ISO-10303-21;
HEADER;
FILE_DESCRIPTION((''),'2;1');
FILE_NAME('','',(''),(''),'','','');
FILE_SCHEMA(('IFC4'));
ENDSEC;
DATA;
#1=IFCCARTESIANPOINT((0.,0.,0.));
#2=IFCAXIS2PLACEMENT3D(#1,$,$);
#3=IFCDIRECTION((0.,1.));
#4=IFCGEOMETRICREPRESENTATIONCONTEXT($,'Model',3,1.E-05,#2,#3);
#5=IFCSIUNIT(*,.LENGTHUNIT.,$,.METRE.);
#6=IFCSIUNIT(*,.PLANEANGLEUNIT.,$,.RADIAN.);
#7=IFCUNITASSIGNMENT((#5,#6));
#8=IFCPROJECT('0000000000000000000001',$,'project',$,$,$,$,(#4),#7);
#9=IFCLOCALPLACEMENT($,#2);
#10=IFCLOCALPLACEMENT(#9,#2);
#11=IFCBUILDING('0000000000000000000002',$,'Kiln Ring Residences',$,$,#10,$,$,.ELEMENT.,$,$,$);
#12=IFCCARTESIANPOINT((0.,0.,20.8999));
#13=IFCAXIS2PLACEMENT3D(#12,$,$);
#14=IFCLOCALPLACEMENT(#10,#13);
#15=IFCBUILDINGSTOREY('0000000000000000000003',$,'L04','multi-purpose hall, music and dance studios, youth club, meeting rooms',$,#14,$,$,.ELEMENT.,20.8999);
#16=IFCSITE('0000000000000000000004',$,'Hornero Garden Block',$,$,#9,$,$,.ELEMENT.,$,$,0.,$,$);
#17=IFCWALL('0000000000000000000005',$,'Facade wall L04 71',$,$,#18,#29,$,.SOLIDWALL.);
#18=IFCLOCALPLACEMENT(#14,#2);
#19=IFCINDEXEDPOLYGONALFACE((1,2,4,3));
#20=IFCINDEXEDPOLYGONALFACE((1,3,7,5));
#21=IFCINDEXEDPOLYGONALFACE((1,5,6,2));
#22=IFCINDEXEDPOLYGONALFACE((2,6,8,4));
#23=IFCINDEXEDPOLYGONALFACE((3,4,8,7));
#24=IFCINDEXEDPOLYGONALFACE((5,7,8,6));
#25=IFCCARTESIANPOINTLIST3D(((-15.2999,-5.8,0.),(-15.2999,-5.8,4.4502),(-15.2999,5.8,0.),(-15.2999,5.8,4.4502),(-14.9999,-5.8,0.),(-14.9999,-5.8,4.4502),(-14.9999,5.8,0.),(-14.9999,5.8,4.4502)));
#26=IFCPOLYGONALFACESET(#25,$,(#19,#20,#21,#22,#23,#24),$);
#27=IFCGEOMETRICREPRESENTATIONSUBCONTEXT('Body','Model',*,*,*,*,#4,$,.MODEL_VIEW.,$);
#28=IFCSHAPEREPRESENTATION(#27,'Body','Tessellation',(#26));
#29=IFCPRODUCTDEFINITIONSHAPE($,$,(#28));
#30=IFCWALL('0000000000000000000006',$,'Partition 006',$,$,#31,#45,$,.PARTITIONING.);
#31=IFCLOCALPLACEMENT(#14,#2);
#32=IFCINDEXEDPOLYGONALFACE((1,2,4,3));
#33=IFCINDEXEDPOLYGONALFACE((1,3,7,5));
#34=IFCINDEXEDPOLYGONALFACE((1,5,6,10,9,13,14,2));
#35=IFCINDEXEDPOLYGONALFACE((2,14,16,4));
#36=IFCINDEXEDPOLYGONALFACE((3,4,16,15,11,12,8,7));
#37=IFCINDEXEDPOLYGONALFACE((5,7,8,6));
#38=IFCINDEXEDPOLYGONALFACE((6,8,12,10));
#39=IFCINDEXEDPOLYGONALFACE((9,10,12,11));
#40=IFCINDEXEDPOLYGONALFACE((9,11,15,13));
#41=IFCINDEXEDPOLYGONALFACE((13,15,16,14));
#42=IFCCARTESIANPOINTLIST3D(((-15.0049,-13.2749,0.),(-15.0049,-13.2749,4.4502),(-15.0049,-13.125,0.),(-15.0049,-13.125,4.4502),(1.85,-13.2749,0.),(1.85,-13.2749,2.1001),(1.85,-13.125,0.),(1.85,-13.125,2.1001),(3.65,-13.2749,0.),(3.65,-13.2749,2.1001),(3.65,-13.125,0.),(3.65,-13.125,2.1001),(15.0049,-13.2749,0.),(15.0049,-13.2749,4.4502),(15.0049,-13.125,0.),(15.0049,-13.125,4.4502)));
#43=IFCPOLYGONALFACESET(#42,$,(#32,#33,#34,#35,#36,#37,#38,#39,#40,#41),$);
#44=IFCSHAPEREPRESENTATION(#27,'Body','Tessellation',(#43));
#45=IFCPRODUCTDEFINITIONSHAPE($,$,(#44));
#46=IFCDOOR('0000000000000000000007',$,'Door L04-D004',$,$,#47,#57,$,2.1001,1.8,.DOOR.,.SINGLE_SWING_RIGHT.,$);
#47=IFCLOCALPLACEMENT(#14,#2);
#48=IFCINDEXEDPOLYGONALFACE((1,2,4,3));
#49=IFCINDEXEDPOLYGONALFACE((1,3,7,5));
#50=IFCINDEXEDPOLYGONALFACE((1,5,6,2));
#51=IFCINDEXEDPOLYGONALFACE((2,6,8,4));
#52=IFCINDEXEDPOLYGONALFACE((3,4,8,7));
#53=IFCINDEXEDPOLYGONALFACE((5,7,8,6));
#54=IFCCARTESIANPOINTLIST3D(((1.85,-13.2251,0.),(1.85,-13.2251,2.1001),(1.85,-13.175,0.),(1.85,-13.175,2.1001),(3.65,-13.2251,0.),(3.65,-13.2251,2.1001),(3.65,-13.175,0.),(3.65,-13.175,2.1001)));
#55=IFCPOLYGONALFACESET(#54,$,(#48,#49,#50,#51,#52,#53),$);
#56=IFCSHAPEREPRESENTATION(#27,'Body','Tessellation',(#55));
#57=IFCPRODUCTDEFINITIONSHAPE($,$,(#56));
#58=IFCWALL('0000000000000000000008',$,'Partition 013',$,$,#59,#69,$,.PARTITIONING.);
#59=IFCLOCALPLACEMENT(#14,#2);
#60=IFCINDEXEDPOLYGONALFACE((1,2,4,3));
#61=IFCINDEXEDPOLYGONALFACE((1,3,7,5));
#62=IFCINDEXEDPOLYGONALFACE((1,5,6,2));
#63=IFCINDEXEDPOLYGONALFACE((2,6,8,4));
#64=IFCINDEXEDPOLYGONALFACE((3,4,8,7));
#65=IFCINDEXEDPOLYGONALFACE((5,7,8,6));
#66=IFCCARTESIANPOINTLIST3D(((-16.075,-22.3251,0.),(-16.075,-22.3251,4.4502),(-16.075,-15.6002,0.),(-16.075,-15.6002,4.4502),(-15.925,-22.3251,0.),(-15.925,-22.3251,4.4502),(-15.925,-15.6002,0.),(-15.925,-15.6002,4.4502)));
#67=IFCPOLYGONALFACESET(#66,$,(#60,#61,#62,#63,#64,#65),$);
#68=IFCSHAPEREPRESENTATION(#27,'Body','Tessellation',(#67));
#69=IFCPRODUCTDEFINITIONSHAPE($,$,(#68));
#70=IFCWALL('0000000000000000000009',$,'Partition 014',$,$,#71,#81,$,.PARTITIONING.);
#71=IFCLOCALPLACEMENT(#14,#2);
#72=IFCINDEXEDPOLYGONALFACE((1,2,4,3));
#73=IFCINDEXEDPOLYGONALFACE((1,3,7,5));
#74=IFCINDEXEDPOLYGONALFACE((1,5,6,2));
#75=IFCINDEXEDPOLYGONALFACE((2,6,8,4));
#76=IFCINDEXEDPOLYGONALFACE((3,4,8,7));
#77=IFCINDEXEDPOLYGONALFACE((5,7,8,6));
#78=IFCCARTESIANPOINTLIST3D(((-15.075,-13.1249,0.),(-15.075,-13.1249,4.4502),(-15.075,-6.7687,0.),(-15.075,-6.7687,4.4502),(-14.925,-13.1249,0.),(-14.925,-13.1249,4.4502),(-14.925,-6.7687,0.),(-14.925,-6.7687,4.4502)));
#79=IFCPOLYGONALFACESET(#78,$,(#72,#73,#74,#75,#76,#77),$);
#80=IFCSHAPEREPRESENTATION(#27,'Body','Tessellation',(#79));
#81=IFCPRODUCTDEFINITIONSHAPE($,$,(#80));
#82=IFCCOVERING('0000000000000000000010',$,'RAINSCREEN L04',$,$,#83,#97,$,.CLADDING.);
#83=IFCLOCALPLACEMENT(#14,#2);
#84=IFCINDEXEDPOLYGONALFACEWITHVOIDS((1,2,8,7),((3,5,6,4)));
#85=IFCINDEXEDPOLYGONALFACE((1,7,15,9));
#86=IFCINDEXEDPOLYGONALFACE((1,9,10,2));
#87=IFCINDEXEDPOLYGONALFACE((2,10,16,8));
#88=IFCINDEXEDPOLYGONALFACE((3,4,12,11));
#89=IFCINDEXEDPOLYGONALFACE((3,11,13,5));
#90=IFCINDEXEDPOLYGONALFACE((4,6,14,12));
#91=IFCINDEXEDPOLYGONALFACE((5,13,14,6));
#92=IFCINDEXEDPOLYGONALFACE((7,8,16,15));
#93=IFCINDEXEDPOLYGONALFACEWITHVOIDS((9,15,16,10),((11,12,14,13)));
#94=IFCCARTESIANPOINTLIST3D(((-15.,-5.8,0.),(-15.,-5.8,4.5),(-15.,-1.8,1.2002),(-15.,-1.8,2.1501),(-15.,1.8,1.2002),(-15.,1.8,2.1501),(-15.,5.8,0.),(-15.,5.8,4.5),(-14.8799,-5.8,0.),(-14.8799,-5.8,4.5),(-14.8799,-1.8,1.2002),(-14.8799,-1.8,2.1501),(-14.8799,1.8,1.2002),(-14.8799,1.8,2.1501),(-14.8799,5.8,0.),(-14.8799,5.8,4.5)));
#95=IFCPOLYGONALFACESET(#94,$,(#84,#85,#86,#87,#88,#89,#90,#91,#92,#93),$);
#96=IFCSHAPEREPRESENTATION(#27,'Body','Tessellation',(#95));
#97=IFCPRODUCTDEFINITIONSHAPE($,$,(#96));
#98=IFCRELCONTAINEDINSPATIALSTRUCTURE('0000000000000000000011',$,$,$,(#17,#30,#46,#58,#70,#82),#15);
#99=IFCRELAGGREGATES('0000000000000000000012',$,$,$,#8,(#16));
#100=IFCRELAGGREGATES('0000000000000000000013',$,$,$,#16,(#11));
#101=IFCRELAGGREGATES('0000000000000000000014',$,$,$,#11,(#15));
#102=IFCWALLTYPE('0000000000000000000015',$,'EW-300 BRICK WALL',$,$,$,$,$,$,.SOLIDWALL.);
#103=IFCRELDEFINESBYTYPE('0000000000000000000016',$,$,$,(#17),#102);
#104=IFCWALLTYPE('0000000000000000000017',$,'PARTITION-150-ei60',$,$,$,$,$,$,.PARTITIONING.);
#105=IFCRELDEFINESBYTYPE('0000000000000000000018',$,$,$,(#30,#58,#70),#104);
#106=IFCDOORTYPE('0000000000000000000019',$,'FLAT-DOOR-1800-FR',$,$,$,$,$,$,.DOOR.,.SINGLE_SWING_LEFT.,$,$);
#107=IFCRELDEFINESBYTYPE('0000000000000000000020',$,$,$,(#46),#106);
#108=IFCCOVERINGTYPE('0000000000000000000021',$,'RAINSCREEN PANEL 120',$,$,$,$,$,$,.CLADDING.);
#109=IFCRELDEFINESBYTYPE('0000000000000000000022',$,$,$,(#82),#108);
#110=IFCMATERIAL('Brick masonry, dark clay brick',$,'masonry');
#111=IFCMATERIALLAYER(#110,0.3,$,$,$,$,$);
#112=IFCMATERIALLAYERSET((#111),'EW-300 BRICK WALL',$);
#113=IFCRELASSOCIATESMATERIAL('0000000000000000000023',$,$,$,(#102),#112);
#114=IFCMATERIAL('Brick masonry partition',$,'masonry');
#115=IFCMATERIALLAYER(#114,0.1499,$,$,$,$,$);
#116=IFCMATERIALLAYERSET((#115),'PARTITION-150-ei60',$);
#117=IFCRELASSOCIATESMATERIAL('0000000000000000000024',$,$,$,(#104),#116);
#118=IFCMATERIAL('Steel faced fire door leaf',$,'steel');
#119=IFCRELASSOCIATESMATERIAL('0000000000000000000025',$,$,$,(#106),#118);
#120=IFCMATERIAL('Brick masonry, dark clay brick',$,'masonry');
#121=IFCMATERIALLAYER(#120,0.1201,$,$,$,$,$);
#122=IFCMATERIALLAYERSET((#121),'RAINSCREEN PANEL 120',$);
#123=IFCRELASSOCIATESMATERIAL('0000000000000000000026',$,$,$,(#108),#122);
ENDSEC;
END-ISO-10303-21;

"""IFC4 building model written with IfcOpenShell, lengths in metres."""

from ifc_helpers import new_model, si_unit, direction, frame, frame_2d, origin, place, context, subcontext, project, spatial, polyline, rectangle, outline, extrude, material, layer, layer_set, type_object, element, fill, save


model = new_model("IFC4")

# Units and contexts
model_context = context("Model", 3, precision=1e-05, world=origin(), true_north=direction((0.0, 1.0)))
body_context = subcontext(model_context, "Body", "Model", "MODEL_VIEW")
ifc_project = project(units=[si_unit("LENGTHUNIT", "METRE"), si_unit("PLANEANGLEUNIT", "RADIAN")], contexts=[model_context])

# Site, building, storey
site_placement = place(None, origin())
site = spatial("IfcSite", under=ifc_project, at=site_placement, Name="Hornero Garden Block", CompositionType="ELEMENT", RefElevation=0.0)
building_placement = place(site_placement, origin())
building = spatial("IfcBuilding", under=site, at=building_placement, Name="Kiln Ring Residences", CompositionType="ELEMENT")
storey_placement = place(building_placement, frame((0.0, 0.0, 20.8999)))
storey = spatial("IfcBuildingStorey", under=building, at=storey_placement, Name="L04", Description="multi-purpose hall, music and dance studios, youth club, meeting rooms", CompositionType="ELEMENT", Elevation=20.8999)

# Wall
ifc_material_1 = material(Name="Brick masonry, dark clay brick", Category="masonry")
ifc_layer_1 = layer(ifc_material_1, 0.3)
ifc_layer_set_1 = layer_set([ifc_layer_1], Name="EW-300 BRICK WALL")
wall_type_1 = type_object("IfcWallType", Name="EW-300 BRICK WALL", PredefinedType="SOLIDWALL", material=ifc_layer_set_1)
wall_1_placement = place(storey_placement, frame((-15.1499, -5.8, 0.0), z_axis=(0.0, 0.0, 1.0), x_axis=(0.0, 1.0, 0.0)))
element("IfcWall", 1, at=wall_1_placement, inside=storey, type_object=wall_type_1, Name="Facade wall L04 71", PredefinedType="SOLIDWALL", context=body_context, shape_type="SweptSolid", body=[
    extrude(rectangle(XDim=11.6001, YDim=0.3, at=frame_2d((5.8, 0.0))), origin(), (0.0, 0.0, 1.0), 4.4502),
])

# Wall, opening, door
ifc_material_2 = material(Name="Brick masonry partition", Category="masonry")
ifc_layer_2 = layer(ifc_material_2, 0.1499)
ifc_layer_set_2 = layer_set([ifc_layer_2], Name="PARTITION-150-ei60")
wall_type_2 = type_object("IfcWallType", Name="PARTITION-150-ei60", PredefinedType="PARTITIONING", material=ifc_layer_set_2)
wall_2_placement = place(storey_placement, frame((-15.0049, -13.2, 0.0), z_axis=(0.0, 0.0, 1.0), x_axis=(1.0, 0.0, 0.0)))
wall_2 = element("IfcWall", 2, at=wall_2_placement, inside=storey, type_object=wall_type_2, Name="Partition 006", PredefinedType="PARTITIONING", context=body_context, shape_type="SweptSolid", body=[
    extrude(rectangle(XDim=30.0098, YDim=0.1499, at=frame_2d((15.0049, 0.0))), origin(), (0.0, 0.0, 1.0), 4.4502),
])
opening_placement = place(wall_2_placement, frame((16.855, 0.0, 0.0)))
opening = element("IfcOpeningElement", 3, at=opening_placement, cuts=wall_2, PredefinedType="OPENING", context=body_context, shape_type="SweptSolid", body=[
    extrude(rectangle(XDim=1.8, YDim=2.1001, at=frame_2d((0.8999, 1.05))), frame((0.0, 0.085, 0.0), z_axis=(0.0, -1.0, 0.0), x_axis=(1.0, 0.0, 0.0)), (0.0, 0.0, 1.0), 0.1699),
])
ifc_material_3 = material(Name="Steel faced fire door leaf", Category="steel")
door_type = type_object("IfcDoorType", Name="FLAT-DOOR-1800-FR", OperationType="SINGLE_SWING_LEFT", PredefinedType="DOOR", material=ifc_material_3)
door_placement = place(opening_placement, origin())
door = element("IfcDoor", 4, at=door_placement, inside=storey, type_object=door_type, Name="Door L04-D004", OperationType="SINGLE_SWING_RIGHT", OverallHeight=2.1001, OverallWidth=1.8, PredefinedType="DOOR", context=body_context, shape_type="SweptSolid", body=[
    extrude(rectangle(XDim=1.8, YDim=2.1001, at=frame_2d((0.8999, 1.05))), frame((0.0, 0.0249, 0.0), z_axis=(0.0, -1.0, 0.0), x_axis=(1.0, 0.0, 0.0)), (0.0, 0.0, 1.0), 0.05),
])
fill(opening, door)

# Walls
wall_3_placement = place(storey_placement, frame((-16.0, -22.325, 0.0), z_axis=(0.0, 0.0, 1.0), x_axis=(0.0, 1.0, 0.0)))
element("IfcWall", 5, at=wall_3_placement, inside=storey, type_object=wall_type_2, Name="Partition 013", PredefinedType="PARTITIONING", context=body_context, shape_type="SweptSolid", body=[
    extrude(rectangle(XDim=6.7249, YDim=0.1499, at=frame_2d((3.3623, 0.0))), origin(), (0.0, 0.0, 1.0), 4.4502),
])
wall_4_placement = place(storey_placement, frame((-15.0, -13.125, 0.0), z_axis=(0.0, 0.0, 1.0), x_axis=(0.0, 1.0, 0.0)))
element("IfcWall", 6, at=wall_4_placement, inside=storey, type_object=wall_type_2, Name="Partition 014", PredefinedType="PARTITIONING", context=body_context, shape_type="SweptSolid", body=[
    extrude(rectangle(XDim=6.3562, YDim=0.1499, at=frame_2d((3.1782, 0.0))), origin(), (0.0, 0.0, 1.0), 4.4502),
])

# Covering
ifc_material_4 = material(Name="Brick masonry, dark clay brick", Category="masonry")
ifc_layer_3 = layer(ifc_material_4, 0.1201)
ifc_layer_set_3 = layer_set([ifc_layer_3], Name="RAINSCREEN PANEL 120")
covering_type = type_object("IfcCoveringType", Name="RAINSCREEN PANEL 120", PredefinedType="CLADDING", material=ifc_layer_set_3)
covering_placement = place(storey_placement, frame((-14.9399, -5.8, 0.0), z_axis=(0.0, 0.0, 1.0), x_axis=(0.0, 1.0, 0.0)))
element("IfcCovering", 7, at=covering_placement, inside=storey, type_object=covering_type, Name="RAINSCREEN L04", PredefinedType="CLADDING", context=body_context, shape_type="SweptSolid", body=[
    extrude(outline(polyline([(0.0, 0.0), (11.6001, 0.0), (11.6001, 4.5), (0.0, 4.5), (0.0, 0.0)]), holes=[polyline([(4.0, 2.1501), (4.0, 1.2002), (7.6001, 1.2002), (7.6001, 2.1501), (4.0, 2.1501)])]), frame((0.0, 0.0601, 0.0), z_axis=(0.0, -1.0, 0.0), x_axis=(1.0, 0.0, 0.0)), (0.0, 0.0, 1.0), 0.1201),
])

save(model, "model.ifc")
